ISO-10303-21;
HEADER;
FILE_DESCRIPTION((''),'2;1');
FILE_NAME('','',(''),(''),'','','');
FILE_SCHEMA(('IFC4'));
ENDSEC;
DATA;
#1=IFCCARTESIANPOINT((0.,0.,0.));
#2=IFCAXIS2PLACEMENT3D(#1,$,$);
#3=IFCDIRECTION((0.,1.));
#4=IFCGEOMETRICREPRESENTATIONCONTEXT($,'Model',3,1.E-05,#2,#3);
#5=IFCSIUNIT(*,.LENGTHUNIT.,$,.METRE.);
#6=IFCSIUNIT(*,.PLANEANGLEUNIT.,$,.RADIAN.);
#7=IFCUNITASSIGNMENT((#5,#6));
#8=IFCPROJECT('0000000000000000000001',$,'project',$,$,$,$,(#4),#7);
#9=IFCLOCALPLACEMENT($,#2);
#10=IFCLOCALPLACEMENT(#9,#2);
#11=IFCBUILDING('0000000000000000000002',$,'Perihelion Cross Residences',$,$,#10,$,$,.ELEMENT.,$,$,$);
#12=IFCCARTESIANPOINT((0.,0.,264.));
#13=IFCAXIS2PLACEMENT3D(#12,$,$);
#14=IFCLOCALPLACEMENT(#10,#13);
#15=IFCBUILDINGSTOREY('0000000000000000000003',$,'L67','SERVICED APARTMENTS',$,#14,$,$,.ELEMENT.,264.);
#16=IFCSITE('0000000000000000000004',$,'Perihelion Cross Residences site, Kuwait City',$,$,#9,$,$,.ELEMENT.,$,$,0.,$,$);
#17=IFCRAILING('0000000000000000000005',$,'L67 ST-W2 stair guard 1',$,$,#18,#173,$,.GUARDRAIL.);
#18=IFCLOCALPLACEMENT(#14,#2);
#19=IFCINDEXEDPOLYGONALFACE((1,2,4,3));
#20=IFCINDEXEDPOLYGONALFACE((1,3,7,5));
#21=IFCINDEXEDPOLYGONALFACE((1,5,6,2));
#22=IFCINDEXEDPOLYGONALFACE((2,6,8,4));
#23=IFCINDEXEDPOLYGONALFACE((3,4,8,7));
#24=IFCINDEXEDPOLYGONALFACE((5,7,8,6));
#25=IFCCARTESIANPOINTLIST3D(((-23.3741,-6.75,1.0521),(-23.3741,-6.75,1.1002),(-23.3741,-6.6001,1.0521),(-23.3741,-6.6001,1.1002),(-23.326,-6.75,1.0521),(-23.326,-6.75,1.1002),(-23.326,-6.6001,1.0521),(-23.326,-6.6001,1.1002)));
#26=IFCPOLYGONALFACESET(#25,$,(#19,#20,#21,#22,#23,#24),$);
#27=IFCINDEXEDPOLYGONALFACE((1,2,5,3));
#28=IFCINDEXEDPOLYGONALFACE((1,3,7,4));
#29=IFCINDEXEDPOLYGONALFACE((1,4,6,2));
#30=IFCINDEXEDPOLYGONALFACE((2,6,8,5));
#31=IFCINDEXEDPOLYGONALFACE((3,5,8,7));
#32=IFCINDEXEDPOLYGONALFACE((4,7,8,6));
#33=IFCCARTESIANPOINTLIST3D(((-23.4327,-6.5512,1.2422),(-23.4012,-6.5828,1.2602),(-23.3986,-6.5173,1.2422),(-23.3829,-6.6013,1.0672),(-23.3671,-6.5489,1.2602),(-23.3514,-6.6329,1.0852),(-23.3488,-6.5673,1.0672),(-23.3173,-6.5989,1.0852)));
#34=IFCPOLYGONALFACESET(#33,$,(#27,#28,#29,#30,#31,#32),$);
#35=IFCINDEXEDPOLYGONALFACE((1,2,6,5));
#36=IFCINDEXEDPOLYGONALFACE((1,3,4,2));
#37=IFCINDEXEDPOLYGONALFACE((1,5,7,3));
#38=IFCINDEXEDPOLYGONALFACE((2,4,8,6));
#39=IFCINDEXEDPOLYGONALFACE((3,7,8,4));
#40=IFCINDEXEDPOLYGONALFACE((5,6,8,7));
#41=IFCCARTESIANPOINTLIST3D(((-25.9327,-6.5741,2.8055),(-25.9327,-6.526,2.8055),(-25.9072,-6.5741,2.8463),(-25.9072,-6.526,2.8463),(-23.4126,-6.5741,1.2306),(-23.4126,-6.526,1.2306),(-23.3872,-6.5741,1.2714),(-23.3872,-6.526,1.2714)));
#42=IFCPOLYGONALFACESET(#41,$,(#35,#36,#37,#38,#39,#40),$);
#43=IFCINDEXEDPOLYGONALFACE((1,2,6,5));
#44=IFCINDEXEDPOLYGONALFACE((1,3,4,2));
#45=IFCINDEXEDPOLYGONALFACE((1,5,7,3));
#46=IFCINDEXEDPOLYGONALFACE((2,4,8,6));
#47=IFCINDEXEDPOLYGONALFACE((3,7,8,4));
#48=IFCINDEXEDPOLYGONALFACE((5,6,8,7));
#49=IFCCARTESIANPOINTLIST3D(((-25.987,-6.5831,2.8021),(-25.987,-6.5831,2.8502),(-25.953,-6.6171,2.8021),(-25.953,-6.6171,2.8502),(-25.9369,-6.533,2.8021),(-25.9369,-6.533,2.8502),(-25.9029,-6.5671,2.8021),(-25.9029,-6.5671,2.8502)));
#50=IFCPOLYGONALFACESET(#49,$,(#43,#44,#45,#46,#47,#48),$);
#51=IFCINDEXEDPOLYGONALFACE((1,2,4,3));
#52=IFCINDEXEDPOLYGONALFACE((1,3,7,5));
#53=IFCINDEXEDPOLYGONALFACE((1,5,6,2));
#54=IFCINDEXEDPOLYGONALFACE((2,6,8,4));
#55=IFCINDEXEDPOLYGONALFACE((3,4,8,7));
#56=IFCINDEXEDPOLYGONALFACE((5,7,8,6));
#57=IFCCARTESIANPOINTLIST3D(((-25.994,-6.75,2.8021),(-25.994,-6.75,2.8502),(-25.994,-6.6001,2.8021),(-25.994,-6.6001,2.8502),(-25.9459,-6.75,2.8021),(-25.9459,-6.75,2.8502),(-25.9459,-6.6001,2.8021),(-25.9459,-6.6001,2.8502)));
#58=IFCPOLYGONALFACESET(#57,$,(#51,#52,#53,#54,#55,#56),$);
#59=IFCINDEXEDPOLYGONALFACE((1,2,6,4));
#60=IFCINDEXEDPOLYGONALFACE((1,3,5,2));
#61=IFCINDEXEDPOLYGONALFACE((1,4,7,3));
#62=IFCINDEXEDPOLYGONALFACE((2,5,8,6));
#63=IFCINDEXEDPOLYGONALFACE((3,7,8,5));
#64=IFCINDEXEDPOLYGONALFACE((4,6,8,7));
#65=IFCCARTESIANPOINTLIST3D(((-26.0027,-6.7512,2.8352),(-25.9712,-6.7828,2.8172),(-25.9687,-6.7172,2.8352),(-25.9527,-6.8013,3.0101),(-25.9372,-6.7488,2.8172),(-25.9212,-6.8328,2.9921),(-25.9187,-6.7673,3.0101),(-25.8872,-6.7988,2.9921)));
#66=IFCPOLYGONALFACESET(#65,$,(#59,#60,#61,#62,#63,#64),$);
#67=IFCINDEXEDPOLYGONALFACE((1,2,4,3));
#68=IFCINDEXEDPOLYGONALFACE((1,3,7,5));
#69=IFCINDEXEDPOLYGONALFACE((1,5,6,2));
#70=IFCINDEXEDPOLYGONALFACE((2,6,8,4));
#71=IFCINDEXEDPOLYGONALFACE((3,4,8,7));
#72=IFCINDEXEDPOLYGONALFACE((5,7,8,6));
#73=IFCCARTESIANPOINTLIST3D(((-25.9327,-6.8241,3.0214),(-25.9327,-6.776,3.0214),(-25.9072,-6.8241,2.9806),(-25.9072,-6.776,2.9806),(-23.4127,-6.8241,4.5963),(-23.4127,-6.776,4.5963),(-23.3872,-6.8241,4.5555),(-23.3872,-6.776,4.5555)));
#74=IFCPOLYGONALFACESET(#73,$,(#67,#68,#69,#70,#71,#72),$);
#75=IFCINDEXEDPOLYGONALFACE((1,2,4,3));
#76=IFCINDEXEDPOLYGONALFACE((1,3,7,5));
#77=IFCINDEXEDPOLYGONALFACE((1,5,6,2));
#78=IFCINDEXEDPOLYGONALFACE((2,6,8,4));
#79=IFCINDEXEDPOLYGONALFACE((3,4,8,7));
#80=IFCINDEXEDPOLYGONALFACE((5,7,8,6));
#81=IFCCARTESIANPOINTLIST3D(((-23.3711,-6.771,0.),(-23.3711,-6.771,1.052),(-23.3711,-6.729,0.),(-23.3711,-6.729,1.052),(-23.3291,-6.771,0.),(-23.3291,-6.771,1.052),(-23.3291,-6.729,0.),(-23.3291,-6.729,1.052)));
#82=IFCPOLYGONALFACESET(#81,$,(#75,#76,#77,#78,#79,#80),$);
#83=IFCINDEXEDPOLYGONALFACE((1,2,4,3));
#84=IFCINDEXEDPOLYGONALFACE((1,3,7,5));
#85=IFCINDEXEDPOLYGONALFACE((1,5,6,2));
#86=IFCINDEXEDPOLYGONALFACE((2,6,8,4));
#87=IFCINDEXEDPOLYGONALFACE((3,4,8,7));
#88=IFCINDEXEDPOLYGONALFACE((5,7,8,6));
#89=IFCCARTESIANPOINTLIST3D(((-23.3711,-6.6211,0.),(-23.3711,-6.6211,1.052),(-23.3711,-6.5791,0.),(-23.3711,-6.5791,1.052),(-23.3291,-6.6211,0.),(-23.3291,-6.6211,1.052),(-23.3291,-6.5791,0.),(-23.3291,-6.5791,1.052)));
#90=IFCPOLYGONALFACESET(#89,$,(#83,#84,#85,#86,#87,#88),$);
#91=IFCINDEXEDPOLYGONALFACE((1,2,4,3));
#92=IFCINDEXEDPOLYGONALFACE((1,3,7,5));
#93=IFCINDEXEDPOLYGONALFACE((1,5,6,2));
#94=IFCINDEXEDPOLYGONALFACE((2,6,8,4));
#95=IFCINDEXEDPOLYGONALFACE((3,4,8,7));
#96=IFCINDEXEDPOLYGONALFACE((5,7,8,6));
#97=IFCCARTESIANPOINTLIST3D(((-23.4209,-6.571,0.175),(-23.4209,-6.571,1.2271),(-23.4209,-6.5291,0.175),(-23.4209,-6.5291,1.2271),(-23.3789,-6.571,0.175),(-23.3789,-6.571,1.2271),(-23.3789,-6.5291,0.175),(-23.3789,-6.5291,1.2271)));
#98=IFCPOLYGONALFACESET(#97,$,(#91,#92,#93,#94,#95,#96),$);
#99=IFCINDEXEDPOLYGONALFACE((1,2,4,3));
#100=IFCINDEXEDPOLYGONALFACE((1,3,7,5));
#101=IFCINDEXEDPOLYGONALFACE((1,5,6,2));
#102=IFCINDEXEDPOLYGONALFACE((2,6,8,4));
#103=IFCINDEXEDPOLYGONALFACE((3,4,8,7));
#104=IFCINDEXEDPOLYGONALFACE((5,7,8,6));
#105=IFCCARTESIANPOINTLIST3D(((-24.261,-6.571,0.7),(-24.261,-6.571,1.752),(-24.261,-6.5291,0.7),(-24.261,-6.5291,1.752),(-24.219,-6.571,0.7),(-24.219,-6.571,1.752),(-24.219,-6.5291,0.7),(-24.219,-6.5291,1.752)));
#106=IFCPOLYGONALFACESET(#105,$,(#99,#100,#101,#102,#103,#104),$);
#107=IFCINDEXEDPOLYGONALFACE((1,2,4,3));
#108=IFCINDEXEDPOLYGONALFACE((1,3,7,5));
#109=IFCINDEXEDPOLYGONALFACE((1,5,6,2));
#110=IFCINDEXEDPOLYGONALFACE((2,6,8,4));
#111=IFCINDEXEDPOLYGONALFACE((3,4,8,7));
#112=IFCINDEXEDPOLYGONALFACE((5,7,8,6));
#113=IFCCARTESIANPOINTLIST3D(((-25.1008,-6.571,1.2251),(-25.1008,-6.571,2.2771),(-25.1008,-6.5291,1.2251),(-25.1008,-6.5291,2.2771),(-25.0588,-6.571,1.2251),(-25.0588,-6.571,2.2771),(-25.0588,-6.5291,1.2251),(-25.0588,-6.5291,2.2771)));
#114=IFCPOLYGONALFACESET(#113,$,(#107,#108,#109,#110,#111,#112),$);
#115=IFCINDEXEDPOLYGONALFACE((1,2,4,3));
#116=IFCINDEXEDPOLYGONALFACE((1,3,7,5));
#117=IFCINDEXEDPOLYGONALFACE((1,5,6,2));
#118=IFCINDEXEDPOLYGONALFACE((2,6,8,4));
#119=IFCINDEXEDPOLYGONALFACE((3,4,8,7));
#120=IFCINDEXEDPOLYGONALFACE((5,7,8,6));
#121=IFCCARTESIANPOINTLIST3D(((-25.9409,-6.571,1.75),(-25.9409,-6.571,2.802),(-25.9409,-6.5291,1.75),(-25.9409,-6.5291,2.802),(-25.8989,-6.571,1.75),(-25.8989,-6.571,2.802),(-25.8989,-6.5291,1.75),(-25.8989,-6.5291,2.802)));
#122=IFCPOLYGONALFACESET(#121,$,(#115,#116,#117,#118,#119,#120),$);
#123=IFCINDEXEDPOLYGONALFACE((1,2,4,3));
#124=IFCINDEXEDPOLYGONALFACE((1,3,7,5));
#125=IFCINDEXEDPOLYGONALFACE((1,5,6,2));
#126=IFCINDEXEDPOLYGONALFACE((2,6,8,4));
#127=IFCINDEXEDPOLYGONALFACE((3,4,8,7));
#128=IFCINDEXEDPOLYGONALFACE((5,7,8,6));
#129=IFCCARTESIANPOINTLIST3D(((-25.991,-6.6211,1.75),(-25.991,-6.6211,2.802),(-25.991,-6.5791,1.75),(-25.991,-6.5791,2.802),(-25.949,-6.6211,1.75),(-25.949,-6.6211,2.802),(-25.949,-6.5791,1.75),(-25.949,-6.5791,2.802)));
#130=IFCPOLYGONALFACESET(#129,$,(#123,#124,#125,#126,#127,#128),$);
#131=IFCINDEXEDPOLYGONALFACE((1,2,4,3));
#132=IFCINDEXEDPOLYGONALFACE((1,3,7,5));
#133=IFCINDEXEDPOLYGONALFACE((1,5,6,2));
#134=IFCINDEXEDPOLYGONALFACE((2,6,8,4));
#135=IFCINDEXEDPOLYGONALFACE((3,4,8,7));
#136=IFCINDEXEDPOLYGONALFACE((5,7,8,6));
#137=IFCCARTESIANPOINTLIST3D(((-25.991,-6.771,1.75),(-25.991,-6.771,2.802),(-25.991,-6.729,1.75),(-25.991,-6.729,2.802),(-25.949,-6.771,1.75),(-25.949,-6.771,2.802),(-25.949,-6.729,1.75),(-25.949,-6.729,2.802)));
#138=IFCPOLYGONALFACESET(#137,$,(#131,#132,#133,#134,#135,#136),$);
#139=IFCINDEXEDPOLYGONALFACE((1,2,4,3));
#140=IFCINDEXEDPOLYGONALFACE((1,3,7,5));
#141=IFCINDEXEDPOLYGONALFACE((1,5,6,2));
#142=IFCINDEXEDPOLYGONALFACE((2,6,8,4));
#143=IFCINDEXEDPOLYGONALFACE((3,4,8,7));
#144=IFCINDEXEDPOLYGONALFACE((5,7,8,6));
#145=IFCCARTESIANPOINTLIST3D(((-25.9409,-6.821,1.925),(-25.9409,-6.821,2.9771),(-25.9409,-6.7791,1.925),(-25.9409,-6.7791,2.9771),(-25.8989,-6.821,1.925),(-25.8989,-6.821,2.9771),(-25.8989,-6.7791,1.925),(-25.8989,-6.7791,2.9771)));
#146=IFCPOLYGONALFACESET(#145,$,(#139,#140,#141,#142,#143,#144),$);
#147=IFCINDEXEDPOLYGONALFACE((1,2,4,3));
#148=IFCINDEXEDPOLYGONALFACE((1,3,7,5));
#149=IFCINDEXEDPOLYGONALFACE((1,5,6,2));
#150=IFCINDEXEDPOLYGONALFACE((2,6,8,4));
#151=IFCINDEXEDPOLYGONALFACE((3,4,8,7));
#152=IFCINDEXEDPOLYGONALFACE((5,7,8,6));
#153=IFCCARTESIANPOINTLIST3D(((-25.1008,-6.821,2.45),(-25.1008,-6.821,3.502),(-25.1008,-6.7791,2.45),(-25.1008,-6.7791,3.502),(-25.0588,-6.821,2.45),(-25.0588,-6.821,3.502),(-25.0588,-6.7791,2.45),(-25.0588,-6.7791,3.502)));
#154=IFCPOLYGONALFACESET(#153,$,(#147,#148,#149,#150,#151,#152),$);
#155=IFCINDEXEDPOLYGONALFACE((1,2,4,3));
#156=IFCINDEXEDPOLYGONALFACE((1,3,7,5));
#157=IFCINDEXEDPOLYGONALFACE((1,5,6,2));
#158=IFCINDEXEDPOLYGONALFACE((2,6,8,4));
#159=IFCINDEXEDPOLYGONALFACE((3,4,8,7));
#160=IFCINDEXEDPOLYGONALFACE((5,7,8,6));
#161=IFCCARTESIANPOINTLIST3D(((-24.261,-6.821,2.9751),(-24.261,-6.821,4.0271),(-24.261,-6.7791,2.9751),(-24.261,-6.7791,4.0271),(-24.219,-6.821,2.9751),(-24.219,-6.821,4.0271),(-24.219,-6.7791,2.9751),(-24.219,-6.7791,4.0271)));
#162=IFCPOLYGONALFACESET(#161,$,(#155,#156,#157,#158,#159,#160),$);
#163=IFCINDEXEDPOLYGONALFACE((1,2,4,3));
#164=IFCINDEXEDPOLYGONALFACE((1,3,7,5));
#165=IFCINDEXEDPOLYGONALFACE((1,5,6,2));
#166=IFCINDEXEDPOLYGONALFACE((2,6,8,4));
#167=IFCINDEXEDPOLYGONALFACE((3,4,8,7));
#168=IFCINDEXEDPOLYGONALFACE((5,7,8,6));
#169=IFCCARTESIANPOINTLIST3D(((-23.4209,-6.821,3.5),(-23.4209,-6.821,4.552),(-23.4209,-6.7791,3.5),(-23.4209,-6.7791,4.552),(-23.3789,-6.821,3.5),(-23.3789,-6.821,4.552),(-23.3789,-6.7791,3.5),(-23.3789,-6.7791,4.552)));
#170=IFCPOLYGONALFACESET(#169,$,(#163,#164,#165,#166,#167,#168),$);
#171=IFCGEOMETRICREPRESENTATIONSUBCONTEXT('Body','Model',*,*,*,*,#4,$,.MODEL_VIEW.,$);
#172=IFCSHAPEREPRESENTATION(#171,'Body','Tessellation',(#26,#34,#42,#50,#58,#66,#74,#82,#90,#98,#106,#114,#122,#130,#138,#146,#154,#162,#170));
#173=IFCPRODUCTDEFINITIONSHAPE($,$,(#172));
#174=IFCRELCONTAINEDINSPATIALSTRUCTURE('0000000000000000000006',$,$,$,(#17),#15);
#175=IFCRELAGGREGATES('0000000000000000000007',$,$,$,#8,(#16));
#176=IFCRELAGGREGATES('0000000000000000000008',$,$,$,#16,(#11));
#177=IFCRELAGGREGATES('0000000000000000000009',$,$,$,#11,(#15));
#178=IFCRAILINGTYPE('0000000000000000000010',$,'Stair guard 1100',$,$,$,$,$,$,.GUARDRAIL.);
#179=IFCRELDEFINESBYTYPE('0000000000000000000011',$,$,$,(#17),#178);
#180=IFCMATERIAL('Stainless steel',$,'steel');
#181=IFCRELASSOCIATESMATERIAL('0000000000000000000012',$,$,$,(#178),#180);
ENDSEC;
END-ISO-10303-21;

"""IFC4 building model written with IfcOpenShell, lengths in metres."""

from ifc_helpers import new_model, si_unit, direction, frame, origin, origin_2d, place, context, subcontext, project, spatial, rectangle, extrude, material, type_object, element, save


model = new_model("IFC4")

# Units and contexts
model_context = context("Model", 3, precision=1e-05, world=origin(), true_north=direction((0.0, 1.0)))
body_context = subcontext(model_context, "Body", "Model", "MODEL_VIEW")
ifc_project = project(units=[si_unit("LENGTHUNIT", "METRE"), si_unit("PLANEANGLEUNIT", "RADIAN")], contexts=[model_context])

# Site, building, storey
site_placement = place(None, origin())
site = spatial("IfcSite", under=ifc_project, at=site_placement, Name="Perihelion Cross Residences site, Kuwait City", CompositionType="ELEMENT", RefElevation=0.0)
building_placement = place(site_placement, origin())
building = spatial("IfcBuilding", under=site, at=building_placement, Name="Perihelion Cross Residences", CompositionType="ELEMENT")
storey_placement = place(building_placement, frame((0.0, 0.0, 264.0)))
storey = spatial("IfcBuildingStorey", under=building, at=storey_placement, Name="L67", Description="SERVICED APARTMENTS", CompositionType="ELEMENT", Elevation=264.0)

# Railing
ifc_material_1 = material(Name="Stainless steel", Category="steel")
railing_type_1 = type_object("IfcRailingType", Name="Stair guard 1100", PredefinedType="GUARDRAIL", material=ifc_material_1)
railing_1_placement = place(storey_placement, frame((-23.3501, -6.75, 0.0)))
element("IfcRailing", 1, at=railing_1_placement, inside=storey, type_object=railing_type_1, Name="L67 ST-W2 stair guard 1", PredefinedType="GUARDRAIL", context=body_context, shape_type="SweptSolid", body=[
    extrude(rectangle(XDim=0.0481, YDim=0.0481, at=origin_2d()), frame((0.0, 0.0, 1.0762), z_axis=(0.0, 1.0, 0.0), x_axis=(-1.0, 0.0, 0.0)), (0.0, 0.0, 1.0), 0.1499),
    extrude(rectangle(XDim=0.0481, YDim=0.0481, at=origin_2d()), frame((0.0, 0.1499, 1.0762), z_axis=(-0.263862, 0.265156, 0.927399), x_axis=(-0.708834, -0.705376, 0.0)), (0.0, 0.0, 1.0), 0.1887),
    extrude(rectangle(XDim=0.0481, YDim=0.0481, at=origin_2d()), frame((-0.0498, 0.2, 1.251), z_axis=(-0.848008, 0.0, 0.529984), x_axis=(0.0, -1.0, 0.0)), (0.0, 0.0, 1.0), 2.9717),
    extrude(rectangle(XDim=0.0481, YDim=0.0481, at=origin_2d()), frame((-2.5698, 0.2, 2.8262), z_axis=(-0.707107, -0.707107, 0.0), x_axis=(0.707107, -0.707107, 0.0)), (0.0, 0.0, 1.0), 0.0708),
    extrude(rectangle(XDim=0.0481, YDim=0.0481, at=origin_2d()), frame((-2.6199, 0.1499, 2.8262), z_axis=(0.0, -1.0, 0.0), x_axis=(1.0, 0.0, 0.0)), (0.0, 0.0, 1.0), 0.1499),
    extrude(rectangle(XDim=0.0481, YDim=0.0481, at=origin_2d()), frame((-2.6199, 0.0, 2.8262), z_axis=(0.265065, -0.265065, 0.927082), x_axis=(0.707107, 0.707107, 0.0)), (0.0, 0.0, 1.0), 0.1887),
    extrude(rectangle(XDim=0.0481, YDim=0.0481, at=origin_2d()), frame((-2.5698, -0.05, 3.001), z_axis=(0.848008, 0.0, 0.529984), x_axis=(0.0, 1.0, 0.0)), (0.0, 0.0, 1.0), 2.9717),
    extrude(rectangle(XDim=0.042, YDim=0.042, at=origin_2d()), origin(), (0.0, 0.0, 1.0), 1.052),
    extrude(rectangle(XDim=0.042, YDim=0.042, at=origin_2d()), frame((0.0, 0.1499, 0.0)), (0.0, 0.0, 1.0), 1.052),
    extrude(rectangle(XDim=0.042, YDim=0.042, at=origin_2d()), frame((-0.0498, 0.2, 0.175)), (0.0, 0.0, 1.0), 1.052),
    extrude(rectangle(XDim=0.042, YDim=0.042, at=origin_2d()), frame((-0.8899, 0.2, 0.7)), (0.0, 0.0, 1.0), 1.052),
    extrude(rectangle(XDim=0.042, YDim=0.042, at=origin_2d()), frame((-1.7297, 0.2, 1.2251)), (0.0, 0.0, 1.0), 1.052),
    extrude(rectangle(XDim=0.042, YDim=0.042, at=origin_2d()), frame((-2.5698, 0.2, 1.75)), (0.0, 0.0, 1.0), 1.052),
    extrude(rectangle(XDim=0.042, YDim=0.042, at=origin_2d()), frame((-2.6199, 0.1499, 1.75)), (0.0, 0.0, 1.0), 1.052),
    extrude(rectangle(XDim=0.042, YDim=0.042, at=origin_2d()), frame((-2.6199, 0.0, 1.75)), (0.0, 0.0, 1.0), 1.052),
    extrude(rectangle(XDim=0.042, YDim=0.042, at=origin_2d()), frame((-2.5698, -0.05, 1.925)), (0.0, 0.0, 1.0), 1.052),
    extrude(rectangle(XDim=0.042, YDim=0.042, at=origin_2d()), frame((-1.7297, -0.05, 2.45)), (0.0, 0.0, 1.0), 1.052),
    extrude(rectangle(XDim=0.042, YDim=0.042, at=origin_2d()), frame((-0.8899, -0.05, 2.9751)), (0.0, 0.0, 1.0), 1.052),
    extrude(rectangle(XDim=0.042, YDim=0.042, at=origin_2d()), frame((-0.0498, -0.05, 3.5)), (0.0, 0.0, 1.0), 1.052),
])

save(model, "model.ifc")
